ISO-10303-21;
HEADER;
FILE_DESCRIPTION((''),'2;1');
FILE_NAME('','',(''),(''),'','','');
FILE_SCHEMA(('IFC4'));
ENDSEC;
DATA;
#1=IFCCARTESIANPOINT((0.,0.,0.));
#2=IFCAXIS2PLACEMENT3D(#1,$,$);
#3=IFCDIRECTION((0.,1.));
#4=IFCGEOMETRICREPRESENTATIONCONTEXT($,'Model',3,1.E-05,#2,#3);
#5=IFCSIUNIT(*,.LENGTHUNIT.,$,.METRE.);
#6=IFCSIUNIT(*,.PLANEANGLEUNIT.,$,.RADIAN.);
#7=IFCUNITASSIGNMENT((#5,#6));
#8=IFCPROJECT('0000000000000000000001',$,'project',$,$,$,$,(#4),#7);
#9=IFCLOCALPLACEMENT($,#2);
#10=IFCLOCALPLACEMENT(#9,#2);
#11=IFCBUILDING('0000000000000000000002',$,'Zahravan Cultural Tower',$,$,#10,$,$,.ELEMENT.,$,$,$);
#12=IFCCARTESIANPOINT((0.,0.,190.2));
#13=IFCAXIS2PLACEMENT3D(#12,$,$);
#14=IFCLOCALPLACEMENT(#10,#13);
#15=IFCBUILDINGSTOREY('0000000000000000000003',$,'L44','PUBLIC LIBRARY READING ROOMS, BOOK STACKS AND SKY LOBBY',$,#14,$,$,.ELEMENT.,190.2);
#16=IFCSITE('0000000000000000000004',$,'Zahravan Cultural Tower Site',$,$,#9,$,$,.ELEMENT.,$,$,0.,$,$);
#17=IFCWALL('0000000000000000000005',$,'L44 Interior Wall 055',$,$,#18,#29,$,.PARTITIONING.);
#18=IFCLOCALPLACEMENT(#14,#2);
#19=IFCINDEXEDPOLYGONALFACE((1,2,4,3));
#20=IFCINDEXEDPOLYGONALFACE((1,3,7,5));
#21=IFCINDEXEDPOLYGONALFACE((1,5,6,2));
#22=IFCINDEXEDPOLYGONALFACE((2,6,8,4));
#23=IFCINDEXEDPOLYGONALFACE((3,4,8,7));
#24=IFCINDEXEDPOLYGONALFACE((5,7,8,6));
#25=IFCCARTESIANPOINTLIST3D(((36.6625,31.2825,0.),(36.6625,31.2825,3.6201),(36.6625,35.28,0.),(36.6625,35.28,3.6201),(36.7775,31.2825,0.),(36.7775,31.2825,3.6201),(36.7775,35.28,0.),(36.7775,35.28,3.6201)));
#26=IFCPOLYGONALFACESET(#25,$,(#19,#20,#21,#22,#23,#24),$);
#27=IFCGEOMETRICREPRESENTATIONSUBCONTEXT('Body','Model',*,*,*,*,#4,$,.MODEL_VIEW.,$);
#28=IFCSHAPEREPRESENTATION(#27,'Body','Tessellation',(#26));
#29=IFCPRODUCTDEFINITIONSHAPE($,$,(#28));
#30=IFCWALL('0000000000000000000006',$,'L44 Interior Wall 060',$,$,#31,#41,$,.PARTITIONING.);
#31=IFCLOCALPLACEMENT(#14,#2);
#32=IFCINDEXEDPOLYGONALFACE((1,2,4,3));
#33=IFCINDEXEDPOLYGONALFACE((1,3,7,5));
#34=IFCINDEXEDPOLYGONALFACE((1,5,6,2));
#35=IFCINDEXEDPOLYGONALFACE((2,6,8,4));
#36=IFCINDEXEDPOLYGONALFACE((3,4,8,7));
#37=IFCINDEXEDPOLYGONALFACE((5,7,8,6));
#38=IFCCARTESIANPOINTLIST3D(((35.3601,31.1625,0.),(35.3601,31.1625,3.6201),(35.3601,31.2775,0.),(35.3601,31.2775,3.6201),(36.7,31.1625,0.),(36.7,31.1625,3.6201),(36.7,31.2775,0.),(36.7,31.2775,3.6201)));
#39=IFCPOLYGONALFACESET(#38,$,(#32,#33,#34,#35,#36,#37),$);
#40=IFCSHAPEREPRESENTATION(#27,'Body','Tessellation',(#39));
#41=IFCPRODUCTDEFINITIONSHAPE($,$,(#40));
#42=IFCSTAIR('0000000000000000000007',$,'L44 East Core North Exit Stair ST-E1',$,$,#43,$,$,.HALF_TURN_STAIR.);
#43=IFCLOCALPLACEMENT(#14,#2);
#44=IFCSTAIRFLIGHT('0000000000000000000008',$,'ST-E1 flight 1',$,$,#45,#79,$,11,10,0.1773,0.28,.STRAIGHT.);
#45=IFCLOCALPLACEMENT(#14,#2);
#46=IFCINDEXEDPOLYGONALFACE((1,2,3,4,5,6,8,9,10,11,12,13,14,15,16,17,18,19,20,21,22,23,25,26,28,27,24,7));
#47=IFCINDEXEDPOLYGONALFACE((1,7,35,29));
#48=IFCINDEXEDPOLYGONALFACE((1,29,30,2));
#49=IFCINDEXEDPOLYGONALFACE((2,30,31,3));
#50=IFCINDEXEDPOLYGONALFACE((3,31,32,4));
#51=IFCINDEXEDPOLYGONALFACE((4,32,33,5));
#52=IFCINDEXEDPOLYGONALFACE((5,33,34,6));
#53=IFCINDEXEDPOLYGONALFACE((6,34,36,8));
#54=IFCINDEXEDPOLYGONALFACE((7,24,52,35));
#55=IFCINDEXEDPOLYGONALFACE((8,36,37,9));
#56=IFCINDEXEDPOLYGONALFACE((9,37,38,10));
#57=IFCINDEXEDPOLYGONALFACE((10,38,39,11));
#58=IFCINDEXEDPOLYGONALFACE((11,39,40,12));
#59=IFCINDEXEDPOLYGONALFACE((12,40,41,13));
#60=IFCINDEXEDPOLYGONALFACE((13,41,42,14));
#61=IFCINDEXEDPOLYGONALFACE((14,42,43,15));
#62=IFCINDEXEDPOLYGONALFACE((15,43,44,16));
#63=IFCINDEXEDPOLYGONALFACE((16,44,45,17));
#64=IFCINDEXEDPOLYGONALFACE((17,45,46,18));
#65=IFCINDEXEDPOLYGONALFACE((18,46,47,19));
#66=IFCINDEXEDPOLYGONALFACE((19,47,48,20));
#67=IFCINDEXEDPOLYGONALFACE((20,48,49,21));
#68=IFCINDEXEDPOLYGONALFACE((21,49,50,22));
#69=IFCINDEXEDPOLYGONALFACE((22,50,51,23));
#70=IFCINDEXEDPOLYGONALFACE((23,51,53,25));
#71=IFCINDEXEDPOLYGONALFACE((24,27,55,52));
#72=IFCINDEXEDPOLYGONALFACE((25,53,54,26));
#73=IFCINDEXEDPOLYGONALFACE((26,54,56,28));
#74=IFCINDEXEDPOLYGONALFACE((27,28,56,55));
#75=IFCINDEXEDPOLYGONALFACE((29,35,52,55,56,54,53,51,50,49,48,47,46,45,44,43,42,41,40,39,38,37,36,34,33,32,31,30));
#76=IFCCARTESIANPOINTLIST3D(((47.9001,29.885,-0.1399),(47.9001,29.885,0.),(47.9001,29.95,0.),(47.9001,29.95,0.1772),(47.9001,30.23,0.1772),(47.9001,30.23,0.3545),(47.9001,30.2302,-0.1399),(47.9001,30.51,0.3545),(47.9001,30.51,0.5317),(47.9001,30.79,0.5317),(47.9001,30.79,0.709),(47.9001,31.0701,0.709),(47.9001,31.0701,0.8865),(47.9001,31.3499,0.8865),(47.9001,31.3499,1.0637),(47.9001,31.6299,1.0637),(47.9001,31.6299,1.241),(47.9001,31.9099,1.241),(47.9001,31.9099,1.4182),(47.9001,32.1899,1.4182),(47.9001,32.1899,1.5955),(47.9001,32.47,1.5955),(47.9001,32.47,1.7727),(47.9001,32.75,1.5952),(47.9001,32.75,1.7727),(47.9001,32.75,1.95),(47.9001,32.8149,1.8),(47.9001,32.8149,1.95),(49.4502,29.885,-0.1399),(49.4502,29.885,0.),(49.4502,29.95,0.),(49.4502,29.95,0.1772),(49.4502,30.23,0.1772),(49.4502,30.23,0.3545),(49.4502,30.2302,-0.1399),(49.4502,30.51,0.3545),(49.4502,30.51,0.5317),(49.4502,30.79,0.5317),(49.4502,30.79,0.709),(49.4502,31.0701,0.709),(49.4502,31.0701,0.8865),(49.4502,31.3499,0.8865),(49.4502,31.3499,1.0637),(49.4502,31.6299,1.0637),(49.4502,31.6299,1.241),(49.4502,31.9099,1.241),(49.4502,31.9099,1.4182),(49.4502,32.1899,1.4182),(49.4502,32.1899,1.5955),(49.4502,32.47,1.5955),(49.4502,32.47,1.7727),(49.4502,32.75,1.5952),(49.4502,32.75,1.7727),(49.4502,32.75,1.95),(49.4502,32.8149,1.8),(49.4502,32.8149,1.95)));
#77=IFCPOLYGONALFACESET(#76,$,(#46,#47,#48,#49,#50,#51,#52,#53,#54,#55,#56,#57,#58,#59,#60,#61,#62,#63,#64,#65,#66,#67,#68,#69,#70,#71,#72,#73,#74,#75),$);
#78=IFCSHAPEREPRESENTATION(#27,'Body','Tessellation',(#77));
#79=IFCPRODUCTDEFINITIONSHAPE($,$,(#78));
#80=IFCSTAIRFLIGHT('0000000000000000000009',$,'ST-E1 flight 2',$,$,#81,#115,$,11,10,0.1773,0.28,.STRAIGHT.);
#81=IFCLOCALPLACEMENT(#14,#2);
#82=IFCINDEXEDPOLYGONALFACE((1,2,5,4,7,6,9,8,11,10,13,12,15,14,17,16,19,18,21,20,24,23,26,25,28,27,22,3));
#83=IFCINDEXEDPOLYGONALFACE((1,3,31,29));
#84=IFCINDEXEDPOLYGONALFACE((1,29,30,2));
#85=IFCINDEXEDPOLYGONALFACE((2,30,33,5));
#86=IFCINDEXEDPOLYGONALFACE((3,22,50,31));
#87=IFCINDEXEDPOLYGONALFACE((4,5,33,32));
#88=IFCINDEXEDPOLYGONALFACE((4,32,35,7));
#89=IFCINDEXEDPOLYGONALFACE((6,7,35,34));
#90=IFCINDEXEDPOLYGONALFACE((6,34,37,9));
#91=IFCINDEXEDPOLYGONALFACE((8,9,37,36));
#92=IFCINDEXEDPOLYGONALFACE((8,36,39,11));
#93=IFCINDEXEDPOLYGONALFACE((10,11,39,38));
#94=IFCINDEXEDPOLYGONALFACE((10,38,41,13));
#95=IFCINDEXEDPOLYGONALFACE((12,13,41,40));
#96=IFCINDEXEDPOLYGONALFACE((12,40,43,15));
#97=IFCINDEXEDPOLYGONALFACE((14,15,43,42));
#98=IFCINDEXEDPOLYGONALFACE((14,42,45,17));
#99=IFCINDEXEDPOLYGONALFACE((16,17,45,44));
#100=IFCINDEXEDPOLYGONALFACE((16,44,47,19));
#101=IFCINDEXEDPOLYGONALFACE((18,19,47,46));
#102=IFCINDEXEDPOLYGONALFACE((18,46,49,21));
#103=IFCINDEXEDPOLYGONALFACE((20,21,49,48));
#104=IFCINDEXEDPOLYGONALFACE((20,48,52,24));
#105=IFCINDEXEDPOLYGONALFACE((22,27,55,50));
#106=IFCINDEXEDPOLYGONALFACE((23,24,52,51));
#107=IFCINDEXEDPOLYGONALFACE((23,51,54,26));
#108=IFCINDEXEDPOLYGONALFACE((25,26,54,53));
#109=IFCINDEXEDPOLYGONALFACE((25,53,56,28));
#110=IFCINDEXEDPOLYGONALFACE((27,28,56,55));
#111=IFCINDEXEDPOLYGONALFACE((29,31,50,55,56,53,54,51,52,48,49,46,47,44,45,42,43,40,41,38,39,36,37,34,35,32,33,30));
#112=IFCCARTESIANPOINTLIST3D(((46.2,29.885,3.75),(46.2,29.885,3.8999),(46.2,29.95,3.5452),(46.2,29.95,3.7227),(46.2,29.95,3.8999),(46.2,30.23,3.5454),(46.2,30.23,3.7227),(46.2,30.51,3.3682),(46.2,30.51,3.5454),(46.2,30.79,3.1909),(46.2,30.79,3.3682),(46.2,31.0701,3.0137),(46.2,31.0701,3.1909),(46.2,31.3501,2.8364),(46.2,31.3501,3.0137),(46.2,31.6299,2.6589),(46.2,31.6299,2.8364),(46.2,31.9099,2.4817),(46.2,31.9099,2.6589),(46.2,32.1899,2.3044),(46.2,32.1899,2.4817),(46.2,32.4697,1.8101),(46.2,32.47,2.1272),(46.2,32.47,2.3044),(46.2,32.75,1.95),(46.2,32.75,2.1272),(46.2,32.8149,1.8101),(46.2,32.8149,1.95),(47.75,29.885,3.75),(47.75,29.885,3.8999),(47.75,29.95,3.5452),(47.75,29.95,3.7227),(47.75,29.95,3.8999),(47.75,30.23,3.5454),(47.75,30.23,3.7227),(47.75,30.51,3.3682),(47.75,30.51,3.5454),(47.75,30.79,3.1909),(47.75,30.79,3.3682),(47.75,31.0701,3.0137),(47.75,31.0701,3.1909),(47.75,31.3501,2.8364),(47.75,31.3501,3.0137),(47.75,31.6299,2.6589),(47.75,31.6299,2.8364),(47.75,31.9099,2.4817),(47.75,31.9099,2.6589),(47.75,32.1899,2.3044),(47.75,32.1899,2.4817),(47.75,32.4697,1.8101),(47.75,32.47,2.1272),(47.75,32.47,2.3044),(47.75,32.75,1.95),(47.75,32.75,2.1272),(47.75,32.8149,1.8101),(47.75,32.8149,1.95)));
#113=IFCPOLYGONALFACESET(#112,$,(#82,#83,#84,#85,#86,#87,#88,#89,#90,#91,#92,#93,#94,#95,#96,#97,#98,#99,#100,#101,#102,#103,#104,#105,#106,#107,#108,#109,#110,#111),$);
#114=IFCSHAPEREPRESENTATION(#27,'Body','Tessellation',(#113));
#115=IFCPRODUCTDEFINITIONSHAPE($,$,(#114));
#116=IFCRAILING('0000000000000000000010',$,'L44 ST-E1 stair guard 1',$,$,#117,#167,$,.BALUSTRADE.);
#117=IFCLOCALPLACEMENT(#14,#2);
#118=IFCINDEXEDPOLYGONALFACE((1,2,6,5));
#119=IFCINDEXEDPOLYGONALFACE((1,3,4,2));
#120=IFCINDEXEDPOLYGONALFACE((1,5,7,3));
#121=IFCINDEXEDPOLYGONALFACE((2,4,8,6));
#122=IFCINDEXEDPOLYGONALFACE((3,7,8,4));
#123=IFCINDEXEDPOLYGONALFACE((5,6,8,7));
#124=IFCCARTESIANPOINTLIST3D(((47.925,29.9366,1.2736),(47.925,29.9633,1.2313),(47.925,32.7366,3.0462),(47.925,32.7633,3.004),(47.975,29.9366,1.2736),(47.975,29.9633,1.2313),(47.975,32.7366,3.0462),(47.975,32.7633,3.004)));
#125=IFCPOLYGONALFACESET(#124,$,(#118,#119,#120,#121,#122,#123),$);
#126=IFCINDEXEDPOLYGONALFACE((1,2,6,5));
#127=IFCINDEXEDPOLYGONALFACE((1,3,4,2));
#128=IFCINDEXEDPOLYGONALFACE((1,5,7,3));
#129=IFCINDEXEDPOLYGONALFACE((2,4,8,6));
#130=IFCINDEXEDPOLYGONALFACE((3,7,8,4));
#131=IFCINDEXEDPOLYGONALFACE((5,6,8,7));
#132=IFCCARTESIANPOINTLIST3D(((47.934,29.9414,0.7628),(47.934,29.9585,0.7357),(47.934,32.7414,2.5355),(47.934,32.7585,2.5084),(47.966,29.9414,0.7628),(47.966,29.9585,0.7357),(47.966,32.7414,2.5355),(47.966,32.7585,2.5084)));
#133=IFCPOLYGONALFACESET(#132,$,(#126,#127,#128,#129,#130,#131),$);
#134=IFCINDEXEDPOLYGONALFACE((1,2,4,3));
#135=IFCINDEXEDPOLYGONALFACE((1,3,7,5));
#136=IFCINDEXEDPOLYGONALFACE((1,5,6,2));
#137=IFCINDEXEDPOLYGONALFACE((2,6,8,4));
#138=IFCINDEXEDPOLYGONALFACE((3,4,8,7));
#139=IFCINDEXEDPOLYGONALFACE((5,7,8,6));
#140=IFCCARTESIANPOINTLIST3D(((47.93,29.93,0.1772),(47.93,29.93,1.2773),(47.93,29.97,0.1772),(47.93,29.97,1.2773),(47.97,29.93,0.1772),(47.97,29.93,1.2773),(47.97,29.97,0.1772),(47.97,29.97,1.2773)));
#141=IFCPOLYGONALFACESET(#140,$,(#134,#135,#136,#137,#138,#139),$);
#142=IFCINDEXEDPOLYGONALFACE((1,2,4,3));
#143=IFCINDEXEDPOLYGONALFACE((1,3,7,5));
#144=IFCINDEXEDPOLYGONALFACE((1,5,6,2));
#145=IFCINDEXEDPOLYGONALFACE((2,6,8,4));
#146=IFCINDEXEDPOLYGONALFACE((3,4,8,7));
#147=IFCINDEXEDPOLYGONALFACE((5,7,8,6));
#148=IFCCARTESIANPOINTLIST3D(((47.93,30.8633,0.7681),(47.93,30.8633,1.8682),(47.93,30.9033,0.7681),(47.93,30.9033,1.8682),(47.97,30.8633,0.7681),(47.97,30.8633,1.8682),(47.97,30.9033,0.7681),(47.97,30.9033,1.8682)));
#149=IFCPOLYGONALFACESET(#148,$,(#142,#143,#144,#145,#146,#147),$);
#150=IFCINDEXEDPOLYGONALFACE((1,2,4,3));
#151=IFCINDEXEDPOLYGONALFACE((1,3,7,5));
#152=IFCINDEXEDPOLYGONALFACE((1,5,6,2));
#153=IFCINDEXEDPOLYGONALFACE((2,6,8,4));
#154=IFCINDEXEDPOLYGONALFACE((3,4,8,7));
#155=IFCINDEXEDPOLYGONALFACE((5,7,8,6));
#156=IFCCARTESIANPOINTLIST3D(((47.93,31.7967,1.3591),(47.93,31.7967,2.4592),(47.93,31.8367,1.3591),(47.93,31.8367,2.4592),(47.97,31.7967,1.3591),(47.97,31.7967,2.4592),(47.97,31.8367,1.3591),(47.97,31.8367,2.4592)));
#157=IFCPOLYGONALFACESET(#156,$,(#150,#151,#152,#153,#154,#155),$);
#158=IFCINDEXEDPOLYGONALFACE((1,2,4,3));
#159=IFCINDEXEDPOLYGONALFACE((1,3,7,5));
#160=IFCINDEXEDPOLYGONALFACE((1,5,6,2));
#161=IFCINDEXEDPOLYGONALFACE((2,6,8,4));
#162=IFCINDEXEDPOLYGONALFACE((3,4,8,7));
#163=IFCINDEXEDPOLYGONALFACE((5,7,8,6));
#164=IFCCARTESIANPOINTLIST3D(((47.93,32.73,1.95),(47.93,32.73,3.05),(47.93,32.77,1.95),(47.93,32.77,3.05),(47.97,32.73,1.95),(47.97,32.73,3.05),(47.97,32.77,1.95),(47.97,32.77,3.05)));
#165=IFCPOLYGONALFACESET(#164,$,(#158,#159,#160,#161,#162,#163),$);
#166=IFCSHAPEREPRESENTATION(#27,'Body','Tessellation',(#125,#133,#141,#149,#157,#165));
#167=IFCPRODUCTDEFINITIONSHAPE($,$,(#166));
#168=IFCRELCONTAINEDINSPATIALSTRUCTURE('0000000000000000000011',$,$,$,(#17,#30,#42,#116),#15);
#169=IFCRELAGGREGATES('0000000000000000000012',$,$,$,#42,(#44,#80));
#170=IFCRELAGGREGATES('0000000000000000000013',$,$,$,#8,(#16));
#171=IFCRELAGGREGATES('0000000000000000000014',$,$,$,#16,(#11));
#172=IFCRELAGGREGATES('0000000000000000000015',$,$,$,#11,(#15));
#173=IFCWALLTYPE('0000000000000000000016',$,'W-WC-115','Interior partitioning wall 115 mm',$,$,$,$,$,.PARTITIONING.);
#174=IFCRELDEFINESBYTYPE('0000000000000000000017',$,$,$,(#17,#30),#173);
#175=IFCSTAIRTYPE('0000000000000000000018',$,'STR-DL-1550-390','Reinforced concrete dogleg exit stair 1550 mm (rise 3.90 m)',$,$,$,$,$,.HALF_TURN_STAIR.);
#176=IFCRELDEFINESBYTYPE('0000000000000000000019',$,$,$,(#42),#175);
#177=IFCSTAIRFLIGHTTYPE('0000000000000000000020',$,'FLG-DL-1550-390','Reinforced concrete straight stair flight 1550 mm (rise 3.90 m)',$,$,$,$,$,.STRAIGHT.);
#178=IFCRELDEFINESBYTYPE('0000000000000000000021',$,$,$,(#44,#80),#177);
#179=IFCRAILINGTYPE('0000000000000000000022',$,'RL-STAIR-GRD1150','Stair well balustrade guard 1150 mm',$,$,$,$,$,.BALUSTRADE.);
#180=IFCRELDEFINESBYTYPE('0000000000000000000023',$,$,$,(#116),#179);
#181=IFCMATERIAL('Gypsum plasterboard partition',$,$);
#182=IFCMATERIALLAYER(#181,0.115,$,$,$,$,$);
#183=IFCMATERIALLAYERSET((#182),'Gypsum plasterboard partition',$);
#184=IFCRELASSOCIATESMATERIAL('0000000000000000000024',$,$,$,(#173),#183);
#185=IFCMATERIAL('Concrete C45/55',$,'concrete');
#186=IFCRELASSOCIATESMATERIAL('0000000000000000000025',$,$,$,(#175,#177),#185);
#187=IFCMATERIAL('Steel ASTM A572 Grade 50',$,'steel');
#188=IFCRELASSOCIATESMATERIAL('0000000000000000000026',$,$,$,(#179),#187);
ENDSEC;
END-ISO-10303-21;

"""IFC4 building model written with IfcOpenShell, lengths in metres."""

from ifc_helpers import new_model, si_unit, direction, frame, frame_2d, origin, origin_2d, place, context, subcontext, project, spatial, polyline, rectangle, outline, extrude, source, transform, mapped, material, layer, layer_set, type_object, element, aggregate, save


model = new_model("IFC4")

# Units and contexts
model_context = context("Model", 3, precision=1e-05, world=origin(), true_north=direction((0.0, 1.0)))
body_context = subcontext(model_context, "Body", "Model", "MODEL_VIEW")
ifc_project = project(units=[si_unit("LENGTHUNIT", "METRE"), si_unit("PLANEANGLEUNIT", "RADIAN")], contexts=[model_context])

# Site, building, storey
site_placement = place(None, origin())
site = spatial("IfcSite", under=ifc_project, at=site_placement, Name="Zahravan Cultural Tower Site", CompositionType="ELEMENT", RefElevation=0.0)
building_placement = place(site_placement, origin())
building = spatial("IfcBuilding", under=site, at=building_placement, Name="Zahravan Cultural Tower", CompositionType="ELEMENT")
storey_placement = place(building_placement, frame((0.0, 0.0, 190.2)))
storey = spatial("IfcBuildingStorey", under=building, at=storey_placement, Name="L44", Description="PUBLIC LIBRARY READING ROOMS, BOOK STACKS AND SKY LOBBY", CompositionType="ELEMENT", Elevation=190.2)

# Shared definitions
ifc_material_1 = material(Name="Concrete C45/55", Category="concrete")
ifc_material_2 = material(Name="Steel ASTM A572 Grade 50", Category="steel")

# Walls
ifc_material_3 = material(Name="Gypsum plasterboard partition")
ifc_layer_1 = layer(ifc_material_3, 0.115)
ifc_layer_set_1 = layer_set([ifc_layer_1], Name="Gypsum plasterboard partition")
wall_type_1 = type_object("IfcWallType", Name="W-WC-115", Description="Interior partitioning wall 115 mm", PredefinedType="PARTITIONING", material=ifc_layer_set_1)
shared_shape_1 = source(origin(), body_context, "Body", "SweptSolid", [
    extrude(rectangle(XDim=3.9976, YDim=0.115, at=frame_2d((1.9988, 0.0))), origin(), (0.0, 0.0, 1.0), 3.6201),
])
wall_1_placement = place(storey_placement, frame((36.72, 31.2825, 0.0), z_axis=(0.0, 0.0, 1.0), x_axis=(0.0, 1.0, 0.0)))
element("IfcWall", 1, at=wall_1_placement, inside=storey, type_object=wall_type_1, Name="L44 Interior Wall 055", PredefinedType="PARTITIONING", context=body_context, shape_type="MappedRepresentation", body=[
    mapped(shared_shape_1, transform((0.0, 0.0, 0.0), x_axis=(1.0, 0.0, 0.0), y_axis=(0.0, 1.0, 0.0), z_axis=(0.0, 0.0, 1.0), scale=1.0)),
])
shared_shape_2 = source(origin(), body_context, "Body", "SweptSolid", [
    extrude(rectangle(XDim=1.3398, YDim=0.115, at=frame_2d((0.6699, 0.0))), origin(), (0.0, 0.0, 1.0), 3.6201),
])
wall_2_placement = place(storey_placement, frame((36.7, 31.22, 0.0), z_axis=(0.0, 0.0, 1.0), x_axis=(-1.0, 0.0, 0.0)))
element("IfcWall", 2, at=wall_2_placement, inside=storey, type_object=wall_type_1, Name="L44 Interior Wall 060", PredefinedType="PARTITIONING", context=body_context, shape_type="MappedRepresentation", body=[
    mapped(shared_shape_2, transform((0.0, 0.0, 0.0), x_axis=(1.0, 0.0, 0.0), y_axis=(0.0, 1.0, 0.0), z_axis=(0.0, 0.0, 1.0), scale=1.0)),
])

# Stair, stair flights
stair_type = type_object("IfcStairType", Name="STR-DL-1550-390", Description="Reinforced concrete dogleg exit stair 1550 mm (rise 3.90 m)", PredefinedType="HALF_TURN_STAIR", material=ifc_material_1)
stair_placement = place(storey_placement, origin())
stair = element("IfcStair", 3, at=stair_placement, inside=storey, type_object=stair_type, Name="L44 East Core North Exit Stair ST-E1", PredefinedType="HALF_TURN_STAIR")
stair_flight_type = type_object("IfcStairFlightType", Name="FLG-DL-1550-390", Description="Reinforced concrete straight stair flight 1550 mm (rise 3.90 m)", PredefinedType="STRAIGHT", material=ifc_material_1)
stair_flight_1_placement = place(storey_placement, frame((48.675, 29.95, 0.0), z_axis=(0.0, 0.0, 1.0), x_axis=(0.0, 1.0, 0.0)))
stair_flight_1 = element("IfcStairFlight", 4, at=stair_flight_1_placement, type_object=stair_flight_type, Name="ST-E1 flight 1", NumberOfRisers=11, NumberOfTreads=10, PredefinedType="STRAIGHT", RiserHeight=0.1773, TreadLength=0.28, context=body_context, shape_type="SweptSolid", body=[
    extrude(outline(polyline([(-0.0649, -0.1399), (-0.0649, 0.0), (0.0, 0.0), (0.0, 0.1772), (0.28, 0.1772), (0.28, 0.3545), (0.5601, 0.3545), (0.5601, 0.5317), (0.8401, 0.5317), (0.8401, 0.709), (1.1201, 0.709), (1.1201, 0.8865), (1.3999, 0.8865), (1.3999, 1.0637), (1.6799, 1.0637), (1.6799, 1.241), (1.96, 1.241), (1.96, 1.4182), (2.24, 1.4182), (2.24, 1.5955), (2.52, 1.5955), (2.52, 1.7727), (2.8, 1.7727), (2.8, 1.95), (2.865, 1.95), (2.865, 1.8), (2.8, 1.5952), (0.2803, -0.1399), (-0.0649, -0.1399)])), frame((0.0, 0.7749, 0.0), z_axis=(0.0, -1.0, 0.0), x_axis=(1.0, 0.0, 0.0)), (0.0, 0.0, 1.0), 1.55),
])
stair_flight_2_placement = place(storey_placement, frame((46.9751, 32.75, 1.95), z_axis=(0.0, 0.0, 1.0), x_axis=(0.0, -1.0, 0.0)))
stair_flight_2 = element("IfcStairFlight", 5, at=stair_flight_2_placement, type_object=stair_flight_type, Name="ST-E1 flight 2", NumberOfRisers=11, NumberOfTreads=10, PredefinedType="STRAIGHT", RiserHeight=0.1773, TreadLength=0.28, context=body_context, shape_type="SweptSolid", body=[
    extrude(outline(polyline([(-0.0649, -0.1399), (-0.0649, 0.0), (0.0, 0.0), (0.0, 0.1772), (0.28, 0.1772), (0.28, 0.3545), (0.5601, 0.3545), (0.5601, 0.5317), (0.8401, 0.5317), (0.8401, 0.709), (1.1201, 0.709), (1.1201, 0.8865), (1.3999, 0.8865), (1.3999, 1.0637), (1.6799, 1.0637), (1.6799, 1.241), (1.96, 1.241), (1.96, 1.4182), (2.24, 1.4182), (2.24, 1.5955), (2.52, 1.5955), (2.52, 1.7727), (2.8, 1.7727), (2.8, 1.95), (2.865, 1.95), (2.865, 1.8), (2.8, 1.5952), (0.2803, -0.1399), (-0.0649, -0.1399)])), frame((0.0, 0.7749, 0.0), z_axis=(0.0, -1.0, 0.0), x_axis=(1.0, 0.0, 0.0)), (0.0, 0.0, 1.0), 1.55),
])
aggregate(stair, [stair_flight_1, stair_flight_2])

# Railing
railing_type_1 = type_object("IfcRailingType", Name="RL-STAIR-GRD1150", Description="Stair well balustrade guard 1150 mm", PredefinedType="BALUSTRADE", material=ifc_material_2)
railing_1_placement = place(storey_placement, frame((47.95, 29.95, 0.1772)))
element("IfcRailing", 6, at=railing_1_placement, inside=storey, type_object=railing_type_1, Name="L44 ST-E1 stair guard 1", PredefinedType="BALUSTRADE", context=body_context, shape_type="SweptSolid", body=[
    extrude(rectangle(XDim=0.05, YDim=0.05, at=origin_2d()), frame((0.0, 0.0, 1.0752), z_axis=(0.0, 0.844909, 0.53491), x_axis=(-1.0, 0.0, 0.0)), (0.0, 0.0, 1.0), 3.314),
    extrude(rectangle(XDim=0.032, YDim=0.032, at=origin_2d()), frame((0.0, 0.0, 0.572), z_axis=(0.0, 0.844909, 0.53491), x_axis=(-1.0, 0.0, 0.0)), (0.0, 0.0, 1.0), 3.314),
    extrude(rectangle(XDim=0.04, YDim=0.04, at=origin_2d()), origin(), (0.0, 0.0, 1.0), 1.1001),
    extrude(rectangle(XDim=0.04, YDim=0.04, at=origin_2d()), frame((0.0, 0.9333, 0.5908)), (0.0, 0.0, 1.0), 1.1001),
    extrude(rectangle(XDim=0.04, YDim=0.04, at=origin_2d()), frame((0.0, 1.8667, 1.1819)), (0.0, 0.0, 1.0), 1.1001),
    extrude(rectangle(XDim=0.04, YDim=0.04, at=origin_2d()), frame((0.0, 2.8, 1.7727)), (0.0, 0.0, 1.0), 1.1001),
])

save(model, "model.ifc")
